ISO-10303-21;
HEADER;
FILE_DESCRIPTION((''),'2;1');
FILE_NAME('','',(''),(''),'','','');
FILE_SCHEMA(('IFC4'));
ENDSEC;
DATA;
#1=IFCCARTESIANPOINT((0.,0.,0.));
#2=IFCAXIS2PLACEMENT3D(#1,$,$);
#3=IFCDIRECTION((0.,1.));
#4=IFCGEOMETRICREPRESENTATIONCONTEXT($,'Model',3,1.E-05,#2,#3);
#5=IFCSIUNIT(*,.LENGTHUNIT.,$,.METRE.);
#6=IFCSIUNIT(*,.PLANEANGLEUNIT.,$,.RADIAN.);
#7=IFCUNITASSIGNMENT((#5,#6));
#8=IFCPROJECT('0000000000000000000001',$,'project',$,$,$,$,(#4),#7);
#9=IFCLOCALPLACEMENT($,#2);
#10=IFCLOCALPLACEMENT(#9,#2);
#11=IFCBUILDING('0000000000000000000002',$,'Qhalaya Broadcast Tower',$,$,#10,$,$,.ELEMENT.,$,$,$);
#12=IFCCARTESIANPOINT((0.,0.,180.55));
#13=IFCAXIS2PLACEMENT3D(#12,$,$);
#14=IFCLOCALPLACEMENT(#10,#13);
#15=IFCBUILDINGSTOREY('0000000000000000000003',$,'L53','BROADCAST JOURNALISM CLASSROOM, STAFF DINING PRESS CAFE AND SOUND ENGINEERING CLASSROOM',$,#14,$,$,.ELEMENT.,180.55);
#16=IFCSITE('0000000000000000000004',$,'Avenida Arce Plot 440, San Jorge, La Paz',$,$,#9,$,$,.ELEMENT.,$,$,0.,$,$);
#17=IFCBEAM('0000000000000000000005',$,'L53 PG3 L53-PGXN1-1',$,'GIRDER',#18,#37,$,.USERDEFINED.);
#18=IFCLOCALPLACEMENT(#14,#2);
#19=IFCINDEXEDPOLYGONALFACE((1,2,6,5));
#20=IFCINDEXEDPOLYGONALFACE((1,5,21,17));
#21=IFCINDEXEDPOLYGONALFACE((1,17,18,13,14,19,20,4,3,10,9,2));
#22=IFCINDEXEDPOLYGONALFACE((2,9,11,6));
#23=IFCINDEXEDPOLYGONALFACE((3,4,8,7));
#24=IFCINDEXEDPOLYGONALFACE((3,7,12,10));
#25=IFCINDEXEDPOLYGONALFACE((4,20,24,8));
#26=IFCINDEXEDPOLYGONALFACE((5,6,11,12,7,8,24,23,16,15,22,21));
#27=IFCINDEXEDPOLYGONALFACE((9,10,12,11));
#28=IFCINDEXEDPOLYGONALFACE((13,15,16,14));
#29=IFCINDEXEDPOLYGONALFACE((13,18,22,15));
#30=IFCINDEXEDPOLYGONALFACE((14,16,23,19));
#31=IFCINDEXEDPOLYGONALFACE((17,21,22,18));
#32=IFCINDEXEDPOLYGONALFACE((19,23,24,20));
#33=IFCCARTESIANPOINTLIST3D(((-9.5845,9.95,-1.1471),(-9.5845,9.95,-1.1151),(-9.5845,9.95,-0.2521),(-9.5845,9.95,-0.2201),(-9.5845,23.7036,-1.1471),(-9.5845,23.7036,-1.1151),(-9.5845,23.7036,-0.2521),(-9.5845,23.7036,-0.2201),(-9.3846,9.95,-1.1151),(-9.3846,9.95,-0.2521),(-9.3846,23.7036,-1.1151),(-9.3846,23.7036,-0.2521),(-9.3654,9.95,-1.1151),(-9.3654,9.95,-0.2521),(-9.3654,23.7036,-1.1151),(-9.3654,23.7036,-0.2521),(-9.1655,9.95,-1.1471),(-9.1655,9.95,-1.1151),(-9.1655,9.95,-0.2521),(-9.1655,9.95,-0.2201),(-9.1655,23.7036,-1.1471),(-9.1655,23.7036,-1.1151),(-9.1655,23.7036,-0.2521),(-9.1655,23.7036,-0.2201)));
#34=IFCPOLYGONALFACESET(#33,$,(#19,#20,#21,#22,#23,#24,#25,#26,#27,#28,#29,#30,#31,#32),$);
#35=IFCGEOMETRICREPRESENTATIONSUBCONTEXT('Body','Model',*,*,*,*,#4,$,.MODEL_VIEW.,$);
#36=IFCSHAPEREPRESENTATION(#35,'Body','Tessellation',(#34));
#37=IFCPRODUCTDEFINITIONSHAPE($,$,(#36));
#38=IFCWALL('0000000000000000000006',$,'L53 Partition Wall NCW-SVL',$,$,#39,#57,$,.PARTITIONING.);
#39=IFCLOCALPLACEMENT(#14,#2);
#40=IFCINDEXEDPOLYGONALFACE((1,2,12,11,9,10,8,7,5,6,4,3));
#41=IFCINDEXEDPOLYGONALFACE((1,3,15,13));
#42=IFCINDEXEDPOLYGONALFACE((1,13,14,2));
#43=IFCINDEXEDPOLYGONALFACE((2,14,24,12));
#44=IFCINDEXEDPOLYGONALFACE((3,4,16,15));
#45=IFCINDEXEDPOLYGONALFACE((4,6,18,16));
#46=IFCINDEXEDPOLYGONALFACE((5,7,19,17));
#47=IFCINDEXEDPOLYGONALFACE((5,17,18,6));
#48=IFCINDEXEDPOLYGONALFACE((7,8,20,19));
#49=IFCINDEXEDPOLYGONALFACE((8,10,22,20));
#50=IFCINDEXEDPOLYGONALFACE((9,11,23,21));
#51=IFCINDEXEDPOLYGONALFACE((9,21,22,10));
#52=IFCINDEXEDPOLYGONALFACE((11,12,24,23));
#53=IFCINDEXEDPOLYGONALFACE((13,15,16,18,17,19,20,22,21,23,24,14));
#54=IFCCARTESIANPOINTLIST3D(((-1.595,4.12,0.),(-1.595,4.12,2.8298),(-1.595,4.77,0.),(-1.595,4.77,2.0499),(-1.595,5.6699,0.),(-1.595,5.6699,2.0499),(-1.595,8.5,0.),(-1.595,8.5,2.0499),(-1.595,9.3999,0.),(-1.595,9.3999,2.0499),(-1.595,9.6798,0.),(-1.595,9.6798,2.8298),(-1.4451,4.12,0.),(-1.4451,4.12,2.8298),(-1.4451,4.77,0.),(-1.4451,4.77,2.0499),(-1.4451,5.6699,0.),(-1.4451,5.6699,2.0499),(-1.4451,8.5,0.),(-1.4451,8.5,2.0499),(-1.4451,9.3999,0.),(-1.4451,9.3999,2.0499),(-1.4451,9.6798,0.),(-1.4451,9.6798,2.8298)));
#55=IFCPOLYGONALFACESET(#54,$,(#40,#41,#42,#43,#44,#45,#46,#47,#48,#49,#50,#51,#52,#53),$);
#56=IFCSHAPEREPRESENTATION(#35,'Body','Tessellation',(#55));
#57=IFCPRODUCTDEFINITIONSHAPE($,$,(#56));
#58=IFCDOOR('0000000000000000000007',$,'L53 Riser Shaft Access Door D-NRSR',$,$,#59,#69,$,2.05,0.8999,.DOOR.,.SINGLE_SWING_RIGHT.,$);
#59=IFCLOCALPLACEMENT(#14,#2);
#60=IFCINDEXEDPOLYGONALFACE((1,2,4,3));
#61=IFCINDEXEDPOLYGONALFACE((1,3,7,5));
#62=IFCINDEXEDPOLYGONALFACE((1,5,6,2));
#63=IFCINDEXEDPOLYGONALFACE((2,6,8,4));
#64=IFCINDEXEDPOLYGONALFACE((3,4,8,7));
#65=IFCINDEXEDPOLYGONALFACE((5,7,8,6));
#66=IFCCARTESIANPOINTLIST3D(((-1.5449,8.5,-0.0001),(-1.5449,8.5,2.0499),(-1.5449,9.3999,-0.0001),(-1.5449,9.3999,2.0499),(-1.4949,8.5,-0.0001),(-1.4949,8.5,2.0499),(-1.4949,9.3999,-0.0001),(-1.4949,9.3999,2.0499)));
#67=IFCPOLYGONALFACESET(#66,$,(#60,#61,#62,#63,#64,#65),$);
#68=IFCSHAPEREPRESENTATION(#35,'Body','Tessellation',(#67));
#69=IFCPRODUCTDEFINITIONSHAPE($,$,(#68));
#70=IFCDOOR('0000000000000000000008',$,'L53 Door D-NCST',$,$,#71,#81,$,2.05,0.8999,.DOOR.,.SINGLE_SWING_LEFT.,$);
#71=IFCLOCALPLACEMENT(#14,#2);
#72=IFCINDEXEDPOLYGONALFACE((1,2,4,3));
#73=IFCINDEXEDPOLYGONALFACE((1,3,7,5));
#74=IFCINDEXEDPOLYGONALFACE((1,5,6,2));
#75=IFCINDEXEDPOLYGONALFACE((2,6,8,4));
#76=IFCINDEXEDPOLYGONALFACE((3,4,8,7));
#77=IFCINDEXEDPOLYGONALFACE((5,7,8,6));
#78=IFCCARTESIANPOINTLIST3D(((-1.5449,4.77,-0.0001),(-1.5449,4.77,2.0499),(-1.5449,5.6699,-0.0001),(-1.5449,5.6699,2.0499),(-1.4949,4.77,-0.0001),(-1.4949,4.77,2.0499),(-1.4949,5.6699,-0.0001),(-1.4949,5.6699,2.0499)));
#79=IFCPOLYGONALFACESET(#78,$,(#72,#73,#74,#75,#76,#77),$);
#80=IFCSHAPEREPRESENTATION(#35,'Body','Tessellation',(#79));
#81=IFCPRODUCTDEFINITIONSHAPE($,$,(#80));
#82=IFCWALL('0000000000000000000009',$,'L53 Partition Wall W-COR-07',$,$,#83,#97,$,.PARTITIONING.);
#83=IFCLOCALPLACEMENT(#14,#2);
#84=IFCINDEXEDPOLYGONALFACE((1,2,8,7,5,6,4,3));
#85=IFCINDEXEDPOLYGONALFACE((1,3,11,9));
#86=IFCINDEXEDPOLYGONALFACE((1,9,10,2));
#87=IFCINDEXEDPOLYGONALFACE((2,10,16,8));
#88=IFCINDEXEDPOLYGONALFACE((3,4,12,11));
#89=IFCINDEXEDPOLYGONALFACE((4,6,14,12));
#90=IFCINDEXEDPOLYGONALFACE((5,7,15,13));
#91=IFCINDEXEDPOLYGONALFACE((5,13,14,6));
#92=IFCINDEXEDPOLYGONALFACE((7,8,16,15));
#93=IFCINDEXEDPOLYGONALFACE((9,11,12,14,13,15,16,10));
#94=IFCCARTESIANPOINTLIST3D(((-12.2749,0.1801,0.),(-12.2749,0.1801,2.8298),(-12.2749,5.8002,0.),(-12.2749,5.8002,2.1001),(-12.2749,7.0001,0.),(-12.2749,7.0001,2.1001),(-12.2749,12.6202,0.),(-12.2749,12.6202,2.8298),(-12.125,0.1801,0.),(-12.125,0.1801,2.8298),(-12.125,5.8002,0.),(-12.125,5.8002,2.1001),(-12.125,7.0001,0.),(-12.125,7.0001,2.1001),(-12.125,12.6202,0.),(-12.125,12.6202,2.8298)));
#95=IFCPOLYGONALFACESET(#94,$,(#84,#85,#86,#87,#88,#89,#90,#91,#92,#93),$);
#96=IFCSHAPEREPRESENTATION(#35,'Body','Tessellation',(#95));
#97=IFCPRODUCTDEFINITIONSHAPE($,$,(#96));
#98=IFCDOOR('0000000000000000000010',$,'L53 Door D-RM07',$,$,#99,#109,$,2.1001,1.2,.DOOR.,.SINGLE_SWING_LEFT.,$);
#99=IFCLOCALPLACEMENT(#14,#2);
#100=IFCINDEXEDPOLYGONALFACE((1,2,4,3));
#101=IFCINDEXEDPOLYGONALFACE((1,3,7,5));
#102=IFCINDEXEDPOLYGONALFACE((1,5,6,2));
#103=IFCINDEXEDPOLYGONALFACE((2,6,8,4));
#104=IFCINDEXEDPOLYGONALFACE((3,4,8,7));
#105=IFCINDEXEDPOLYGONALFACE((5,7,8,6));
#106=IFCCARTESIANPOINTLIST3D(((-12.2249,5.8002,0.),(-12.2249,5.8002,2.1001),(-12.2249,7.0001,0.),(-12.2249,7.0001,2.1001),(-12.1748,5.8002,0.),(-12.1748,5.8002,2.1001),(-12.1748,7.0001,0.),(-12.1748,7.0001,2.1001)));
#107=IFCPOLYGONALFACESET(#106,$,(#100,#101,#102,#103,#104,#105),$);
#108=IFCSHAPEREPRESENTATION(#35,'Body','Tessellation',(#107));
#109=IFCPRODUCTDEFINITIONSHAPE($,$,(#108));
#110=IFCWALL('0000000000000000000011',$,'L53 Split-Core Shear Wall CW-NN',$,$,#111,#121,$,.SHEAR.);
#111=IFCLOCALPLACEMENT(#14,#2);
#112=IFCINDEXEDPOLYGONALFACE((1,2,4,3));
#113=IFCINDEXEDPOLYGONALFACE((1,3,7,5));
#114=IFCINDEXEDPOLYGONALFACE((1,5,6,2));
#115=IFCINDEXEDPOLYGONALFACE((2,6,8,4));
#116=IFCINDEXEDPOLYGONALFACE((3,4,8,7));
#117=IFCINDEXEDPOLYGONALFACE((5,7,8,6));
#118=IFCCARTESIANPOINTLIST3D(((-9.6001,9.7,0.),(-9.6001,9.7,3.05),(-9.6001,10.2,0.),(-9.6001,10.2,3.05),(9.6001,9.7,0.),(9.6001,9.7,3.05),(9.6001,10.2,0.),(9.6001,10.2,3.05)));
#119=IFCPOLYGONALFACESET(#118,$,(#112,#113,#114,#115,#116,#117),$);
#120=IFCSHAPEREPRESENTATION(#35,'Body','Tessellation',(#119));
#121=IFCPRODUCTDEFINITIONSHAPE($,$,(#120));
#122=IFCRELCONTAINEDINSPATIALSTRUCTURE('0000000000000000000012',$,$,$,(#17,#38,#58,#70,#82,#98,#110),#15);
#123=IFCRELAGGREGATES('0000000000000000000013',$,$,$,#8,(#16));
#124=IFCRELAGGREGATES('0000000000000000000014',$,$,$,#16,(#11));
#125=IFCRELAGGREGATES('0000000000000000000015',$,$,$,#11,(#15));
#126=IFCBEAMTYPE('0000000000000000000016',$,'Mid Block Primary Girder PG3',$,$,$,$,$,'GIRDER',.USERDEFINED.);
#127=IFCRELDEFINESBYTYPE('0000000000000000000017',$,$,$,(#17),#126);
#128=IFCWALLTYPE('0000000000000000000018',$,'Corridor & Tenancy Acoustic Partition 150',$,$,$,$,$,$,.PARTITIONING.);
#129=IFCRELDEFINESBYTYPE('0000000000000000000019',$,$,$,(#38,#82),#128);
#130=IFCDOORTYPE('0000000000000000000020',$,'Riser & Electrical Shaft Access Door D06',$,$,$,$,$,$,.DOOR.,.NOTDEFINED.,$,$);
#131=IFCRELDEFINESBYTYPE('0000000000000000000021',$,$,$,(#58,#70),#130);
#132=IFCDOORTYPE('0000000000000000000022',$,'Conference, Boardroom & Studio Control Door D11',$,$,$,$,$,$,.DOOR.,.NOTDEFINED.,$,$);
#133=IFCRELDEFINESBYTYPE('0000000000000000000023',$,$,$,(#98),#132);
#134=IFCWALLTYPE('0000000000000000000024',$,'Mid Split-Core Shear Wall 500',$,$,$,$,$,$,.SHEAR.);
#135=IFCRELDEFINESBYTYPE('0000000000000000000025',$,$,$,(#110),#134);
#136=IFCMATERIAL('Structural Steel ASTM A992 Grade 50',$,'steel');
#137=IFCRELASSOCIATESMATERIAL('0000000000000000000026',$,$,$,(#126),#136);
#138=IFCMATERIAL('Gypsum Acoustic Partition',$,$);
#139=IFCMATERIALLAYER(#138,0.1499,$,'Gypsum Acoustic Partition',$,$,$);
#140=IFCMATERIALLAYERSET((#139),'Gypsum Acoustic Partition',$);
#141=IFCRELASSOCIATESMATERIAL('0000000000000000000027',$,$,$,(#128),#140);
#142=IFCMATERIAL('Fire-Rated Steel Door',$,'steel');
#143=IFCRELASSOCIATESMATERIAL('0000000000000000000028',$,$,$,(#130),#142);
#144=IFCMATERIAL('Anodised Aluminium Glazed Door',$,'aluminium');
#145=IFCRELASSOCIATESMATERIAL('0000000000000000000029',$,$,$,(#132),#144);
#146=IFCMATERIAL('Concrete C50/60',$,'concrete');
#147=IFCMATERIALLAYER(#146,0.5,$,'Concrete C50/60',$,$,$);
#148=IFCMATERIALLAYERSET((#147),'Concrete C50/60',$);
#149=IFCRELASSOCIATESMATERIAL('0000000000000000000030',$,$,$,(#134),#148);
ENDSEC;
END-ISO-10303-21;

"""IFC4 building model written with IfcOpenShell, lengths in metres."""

from ifc_helpers import new_model, si_unit, direction, frame, frame_2d, origin, origin_2d, place, context, subcontext, project, spatial, rectangle, i_section, extrude, material, layer, layer_set, material_profile, profile_set, type_object, element, fill, save


model = new_model("IFC4")

# Units and contexts
model_context = context("Model", 3, precision=1e-05, world=origin(), true_north=direction((0.0, 1.0)))
body_context = subcontext(model_context, "Body", "Model", "MODEL_VIEW")
ifc_project = project(units=[si_unit("LENGTHUNIT", "METRE"), si_unit("PLANEANGLEUNIT", "RADIAN")], contexts=[model_context])

# Site, building, storey
site_placement = place(None, origin())
site = spatial("IfcSite", under=ifc_project, at=site_placement, Name="Avenida Arce Plot 440, San Jorge, La Paz", CompositionType="ELEMENT", RefElevation=0.0)
building_placement = place(site_placement, origin())
building = spatial("IfcBuilding", under=site, at=building_placement, Name="Qhalaya Broadcast Tower", CompositionType="ELEMENT")
storey_placement = place(building_placement, frame((0.0, 0.0, 180.55)))
storey = spatial("IfcBuildingStorey", under=building, at=storey_placement, Name="L53", Description="BROADCAST JOURNALISM CLASSROOM, STAFF DINING PRESS CAFE AND SOUND ENGINEERING CLASSROOM", CompositionType="ELEMENT", Elevation=180.55)

# Shared definitions
ifc_material_1 = material(Name="Concrete C50/60", Category="concrete")

# Beam
ifc_material_2 = material(Name="Structural Steel ASTM A992 Grade 50", Category="steel")
ifc_material_profile_1 = material_profile(ifc_material_2, i_section(OverallWidth=0.4189, OverallDepth=0.927, WebThickness=0.0193, FlangeThickness=0.032, at=origin_2d()), Name="W36X231")
ifc_profile_set_1 = profile_set([ifc_material_profile_1], Name="Structural Steel ASTM A992 Grade 50")
beam_type_1 = type_object("IfcBeamType", Name="Mid Block Primary Girder PG3", ElementType="GIRDER", PredefinedType="USERDEFINED", material=ifc_profile_set_1)
beam_1_placement = place(storey_placement, frame((-9.375, 9.95, -0.6836), z_axis=(0.0, 1.0, 0.0), x_axis=(-1.0, 0.0, 0.0)))
element("IfcBeam", 1, at=beam_1_placement, inside=storey, type_object=beam_type_1, Name="L53 PG3 L53-PGXN1-1", ObjectType="GIRDER", PredefinedType="USERDEFINED", context=body_context, shape_type="SweptSolid", body=[
    extrude(i_section(OverallWidth=0.4189, OverallDepth=0.927, WebThickness=0.0193, FlangeThickness=0.032, at=origin_2d()), origin(), (0.0, 0.0, 1.0), 13.7537),
])

# Wall, openings, doors
ifc_material_3 = material(Name="Gypsum Acoustic Partition")
ifc_layer_1 = layer(ifc_material_3, 0.1499, Name="Gypsum Acoustic Partition")
ifc_layer_set_1 = layer_set([ifc_layer_1], Name="Gypsum Acoustic Partition")
wall_type_1 = type_object("IfcWallType", Name="Corridor & Tenancy Acoustic Partition 150", PredefinedType="PARTITIONING", material=ifc_layer_set_1)
wall_1_placement = place(storey_placement, frame((-1.52, 4.1201, 0.0), z_axis=(0.0, 0.0, 1.0), x_axis=(0.0, 1.0, 0.0)))
wall_1 = element("IfcWall", 2, at=wall_1_placement, inside=storey, type_object=wall_type_1, Name="L53 Partition Wall NCW-SVL", PredefinedType="PARTITIONING", context=body_context, shape_type="SweptSolid", body=[
    extrude(rectangle(XDim=5.5598, YDim=0.1499, at=frame_2d((2.7798, 0.0))), origin(), (0.0, 0.0, 1.0), 2.8298),
])
opening_1_placement = place(wall_1_placement, frame((4.3799, 0.0, 0.0)))
opening_1 = element("IfcOpeningElement", 3, at=opening_1_placement, cuts=wall_1, PredefinedType="OPENING", context=body_context, shape_type="SweptSolid", body=[
    extrude(rectangle(XDim=0.8999, YDim=2.05, at=frame_2d((0.45, 1.0249))), frame((0.0, 0.0869, 0.0), z_axis=(0.0, -1.0, 0.0), x_axis=(1.0, 0.0, 0.0)), (0.0, 0.0, 1.0), 0.1738),
])
opening_2_placement = place(wall_1_placement, frame((0.6499, 0.0, 0.0)))
opening_2 = element("IfcOpeningElement", 4, at=opening_2_placement, cuts=wall_1, PredefinedType="OPENING", context=body_context, shape_type="SweptSolid", body=[
    extrude(rectangle(XDim=0.8999, YDim=2.05, at=frame_2d((0.45, 1.0249))), frame((0.0, 0.0869, 0.0), z_axis=(0.0, -1.0, 0.0), x_axis=(1.0, 0.0, 0.0)), (0.0, 0.0, 1.0), 0.1738),
])
ifc_material_4 = material(Name="Fire-Rated Steel Door", Category="steel")
door_type_1 = type_object("IfcDoorType", Name="Riser & Electrical Shaft Access Door D06", OperationType="NOTDEFINED", PredefinedType="DOOR", material=ifc_material_4)
door_1_placement = place(opening_1_placement, origin())
door_1 = element("IfcDoor", 5, at=door_1_placement, inside=storey, type_object=door_type_1, Name="L53 Riser Shaft Access Door D-NRSR", OperationType="SINGLE_SWING_RIGHT", OverallHeight=2.05, OverallWidth=0.8999, PredefinedType="DOOR", context=body_context, shape_type="SweptSolid", body=[
    extrude(rectangle(XDim=0.8999, YDim=2.05, at=frame_2d((0.45, 1.0249))), frame((0.0, 0.0249, 0.0), z_axis=(0.0, -1.0, 0.0), x_axis=(1.0, 0.0, 0.0)), (0.0, 0.0, 1.0), 0.05),
])
fill(opening_1, door_1)
door_2_placement = place(opening_2_placement, origin())
door_2 = element("IfcDoor", 6, at=door_2_placement, inside=storey, type_object=door_type_1, Name="L53 Door D-NCST", OperationType="SINGLE_SWING_LEFT", OverallHeight=2.05, OverallWidth=0.8999, PredefinedType="DOOR", context=body_context, shape_type="SweptSolid", body=[
    extrude(rectangle(XDim=0.8999, YDim=2.05, at=frame_2d((0.45, 1.0249))), frame((0.0, 0.0249, 0.0), z_axis=(0.0, -1.0, 0.0), x_axis=(1.0, 0.0, 0.0)), (0.0, 0.0, 1.0), 0.05),
])
fill(opening_2, door_2)

# Wall, opening, door
wall_2_placement = place(storey_placement, frame((-12.2, 0.1799, 0.0), z_axis=(0.0, 0.0, 1.0), x_axis=(0.0, 1.0, 0.0)))
wall_2 = element("IfcWall", 7, at=wall_2_placement, inside=storey, type_object=wall_type_1, Name="L53 Partition Wall W-COR-07", PredefinedType="PARTITIONING", context=body_context, shape_type="SweptSolid", body=[
    extrude(rectangle(XDim=12.4402, YDim=0.1499, at=frame_2d((6.2202, 0.0))), origin(), (0.0, 0.0, 1.0), 2.8298),
])
opening_3_placement = place(wall_2_placement, frame((5.6201, 0.0, 0.0)))
opening_3 = element("IfcOpeningElement", 8, at=opening_3_placement, cuts=wall_2, PredefinedType="OPENING", context=body_context, shape_type="SweptSolid", body=[
    extrude(rectangle(XDim=1.2, YDim=2.1001, at=frame_2d((0.6001, 1.05))), frame((0.0, 0.0869, 0.0), z_axis=(0.0, -1.0, 0.0), x_axis=(1.0, 0.0, 0.0)), (0.0, 0.0, 1.0), 0.1738),
])
ifc_material_5 = material(Name="Anodised Aluminium Glazed Door", Category="aluminium")
door_type_2 = type_object("IfcDoorType", Name="Conference, Boardroom & Studio Control Door D11", OperationType="NOTDEFINED", PredefinedType="DOOR", material=ifc_material_5)
door_3_placement = place(opening_3_placement, origin())
door_3 = element("IfcDoor", 9, at=door_3_placement, inside=storey, type_object=door_type_2, Name="L53 Door D-RM07", OperationType="SINGLE_SWING_LEFT", OverallHeight=2.1001, OverallWidth=1.2, PredefinedType="DOOR", context=body_context, shape_type="SweptSolid", body=[
    extrude(rectangle(XDim=1.2, YDim=2.1001, at=frame_2d((0.6001, 1.05))), frame((0.0, 0.0249, 0.0), z_axis=(0.0, -1.0, 0.0), x_axis=(1.0, 0.0, 0.0)), (0.0, 0.0, 1.0), 0.05),
])
fill(opening_3, door_3)

# Wall
ifc_layer_2 = layer(ifc_material_1, 0.5, Name="Concrete C50/60")
ifc_layer_set_2 = layer_set([ifc_layer_2], Name="Concrete C50/60")
wall_type_2 = type_object("IfcWallType", Name="Mid Split-Core Shear Wall 500", PredefinedType="SHEAR", material=ifc_layer_set_2)
wall_3_placement = place(storey_placement, frame((-9.6001, 9.95, 0.0), z_axis=(0.0, 0.0, 1.0), x_axis=(1.0, 0.0, 0.0)))
element("IfcWall", 10, at=wall_3_placement, inside=storey, type_object=wall_type_2, Name="L53 Split-Core Shear Wall CW-NN", PredefinedType="SHEAR", context=body_context, shape_type="SweptSolid", body=[
    extrude(rectangle(XDim=19.2002, YDim=0.5, at=frame_2d((9.6001, 0.0))), origin(), (0.0, 0.0, 1.0), 3.05),
])

save(model, "model.ifc")
